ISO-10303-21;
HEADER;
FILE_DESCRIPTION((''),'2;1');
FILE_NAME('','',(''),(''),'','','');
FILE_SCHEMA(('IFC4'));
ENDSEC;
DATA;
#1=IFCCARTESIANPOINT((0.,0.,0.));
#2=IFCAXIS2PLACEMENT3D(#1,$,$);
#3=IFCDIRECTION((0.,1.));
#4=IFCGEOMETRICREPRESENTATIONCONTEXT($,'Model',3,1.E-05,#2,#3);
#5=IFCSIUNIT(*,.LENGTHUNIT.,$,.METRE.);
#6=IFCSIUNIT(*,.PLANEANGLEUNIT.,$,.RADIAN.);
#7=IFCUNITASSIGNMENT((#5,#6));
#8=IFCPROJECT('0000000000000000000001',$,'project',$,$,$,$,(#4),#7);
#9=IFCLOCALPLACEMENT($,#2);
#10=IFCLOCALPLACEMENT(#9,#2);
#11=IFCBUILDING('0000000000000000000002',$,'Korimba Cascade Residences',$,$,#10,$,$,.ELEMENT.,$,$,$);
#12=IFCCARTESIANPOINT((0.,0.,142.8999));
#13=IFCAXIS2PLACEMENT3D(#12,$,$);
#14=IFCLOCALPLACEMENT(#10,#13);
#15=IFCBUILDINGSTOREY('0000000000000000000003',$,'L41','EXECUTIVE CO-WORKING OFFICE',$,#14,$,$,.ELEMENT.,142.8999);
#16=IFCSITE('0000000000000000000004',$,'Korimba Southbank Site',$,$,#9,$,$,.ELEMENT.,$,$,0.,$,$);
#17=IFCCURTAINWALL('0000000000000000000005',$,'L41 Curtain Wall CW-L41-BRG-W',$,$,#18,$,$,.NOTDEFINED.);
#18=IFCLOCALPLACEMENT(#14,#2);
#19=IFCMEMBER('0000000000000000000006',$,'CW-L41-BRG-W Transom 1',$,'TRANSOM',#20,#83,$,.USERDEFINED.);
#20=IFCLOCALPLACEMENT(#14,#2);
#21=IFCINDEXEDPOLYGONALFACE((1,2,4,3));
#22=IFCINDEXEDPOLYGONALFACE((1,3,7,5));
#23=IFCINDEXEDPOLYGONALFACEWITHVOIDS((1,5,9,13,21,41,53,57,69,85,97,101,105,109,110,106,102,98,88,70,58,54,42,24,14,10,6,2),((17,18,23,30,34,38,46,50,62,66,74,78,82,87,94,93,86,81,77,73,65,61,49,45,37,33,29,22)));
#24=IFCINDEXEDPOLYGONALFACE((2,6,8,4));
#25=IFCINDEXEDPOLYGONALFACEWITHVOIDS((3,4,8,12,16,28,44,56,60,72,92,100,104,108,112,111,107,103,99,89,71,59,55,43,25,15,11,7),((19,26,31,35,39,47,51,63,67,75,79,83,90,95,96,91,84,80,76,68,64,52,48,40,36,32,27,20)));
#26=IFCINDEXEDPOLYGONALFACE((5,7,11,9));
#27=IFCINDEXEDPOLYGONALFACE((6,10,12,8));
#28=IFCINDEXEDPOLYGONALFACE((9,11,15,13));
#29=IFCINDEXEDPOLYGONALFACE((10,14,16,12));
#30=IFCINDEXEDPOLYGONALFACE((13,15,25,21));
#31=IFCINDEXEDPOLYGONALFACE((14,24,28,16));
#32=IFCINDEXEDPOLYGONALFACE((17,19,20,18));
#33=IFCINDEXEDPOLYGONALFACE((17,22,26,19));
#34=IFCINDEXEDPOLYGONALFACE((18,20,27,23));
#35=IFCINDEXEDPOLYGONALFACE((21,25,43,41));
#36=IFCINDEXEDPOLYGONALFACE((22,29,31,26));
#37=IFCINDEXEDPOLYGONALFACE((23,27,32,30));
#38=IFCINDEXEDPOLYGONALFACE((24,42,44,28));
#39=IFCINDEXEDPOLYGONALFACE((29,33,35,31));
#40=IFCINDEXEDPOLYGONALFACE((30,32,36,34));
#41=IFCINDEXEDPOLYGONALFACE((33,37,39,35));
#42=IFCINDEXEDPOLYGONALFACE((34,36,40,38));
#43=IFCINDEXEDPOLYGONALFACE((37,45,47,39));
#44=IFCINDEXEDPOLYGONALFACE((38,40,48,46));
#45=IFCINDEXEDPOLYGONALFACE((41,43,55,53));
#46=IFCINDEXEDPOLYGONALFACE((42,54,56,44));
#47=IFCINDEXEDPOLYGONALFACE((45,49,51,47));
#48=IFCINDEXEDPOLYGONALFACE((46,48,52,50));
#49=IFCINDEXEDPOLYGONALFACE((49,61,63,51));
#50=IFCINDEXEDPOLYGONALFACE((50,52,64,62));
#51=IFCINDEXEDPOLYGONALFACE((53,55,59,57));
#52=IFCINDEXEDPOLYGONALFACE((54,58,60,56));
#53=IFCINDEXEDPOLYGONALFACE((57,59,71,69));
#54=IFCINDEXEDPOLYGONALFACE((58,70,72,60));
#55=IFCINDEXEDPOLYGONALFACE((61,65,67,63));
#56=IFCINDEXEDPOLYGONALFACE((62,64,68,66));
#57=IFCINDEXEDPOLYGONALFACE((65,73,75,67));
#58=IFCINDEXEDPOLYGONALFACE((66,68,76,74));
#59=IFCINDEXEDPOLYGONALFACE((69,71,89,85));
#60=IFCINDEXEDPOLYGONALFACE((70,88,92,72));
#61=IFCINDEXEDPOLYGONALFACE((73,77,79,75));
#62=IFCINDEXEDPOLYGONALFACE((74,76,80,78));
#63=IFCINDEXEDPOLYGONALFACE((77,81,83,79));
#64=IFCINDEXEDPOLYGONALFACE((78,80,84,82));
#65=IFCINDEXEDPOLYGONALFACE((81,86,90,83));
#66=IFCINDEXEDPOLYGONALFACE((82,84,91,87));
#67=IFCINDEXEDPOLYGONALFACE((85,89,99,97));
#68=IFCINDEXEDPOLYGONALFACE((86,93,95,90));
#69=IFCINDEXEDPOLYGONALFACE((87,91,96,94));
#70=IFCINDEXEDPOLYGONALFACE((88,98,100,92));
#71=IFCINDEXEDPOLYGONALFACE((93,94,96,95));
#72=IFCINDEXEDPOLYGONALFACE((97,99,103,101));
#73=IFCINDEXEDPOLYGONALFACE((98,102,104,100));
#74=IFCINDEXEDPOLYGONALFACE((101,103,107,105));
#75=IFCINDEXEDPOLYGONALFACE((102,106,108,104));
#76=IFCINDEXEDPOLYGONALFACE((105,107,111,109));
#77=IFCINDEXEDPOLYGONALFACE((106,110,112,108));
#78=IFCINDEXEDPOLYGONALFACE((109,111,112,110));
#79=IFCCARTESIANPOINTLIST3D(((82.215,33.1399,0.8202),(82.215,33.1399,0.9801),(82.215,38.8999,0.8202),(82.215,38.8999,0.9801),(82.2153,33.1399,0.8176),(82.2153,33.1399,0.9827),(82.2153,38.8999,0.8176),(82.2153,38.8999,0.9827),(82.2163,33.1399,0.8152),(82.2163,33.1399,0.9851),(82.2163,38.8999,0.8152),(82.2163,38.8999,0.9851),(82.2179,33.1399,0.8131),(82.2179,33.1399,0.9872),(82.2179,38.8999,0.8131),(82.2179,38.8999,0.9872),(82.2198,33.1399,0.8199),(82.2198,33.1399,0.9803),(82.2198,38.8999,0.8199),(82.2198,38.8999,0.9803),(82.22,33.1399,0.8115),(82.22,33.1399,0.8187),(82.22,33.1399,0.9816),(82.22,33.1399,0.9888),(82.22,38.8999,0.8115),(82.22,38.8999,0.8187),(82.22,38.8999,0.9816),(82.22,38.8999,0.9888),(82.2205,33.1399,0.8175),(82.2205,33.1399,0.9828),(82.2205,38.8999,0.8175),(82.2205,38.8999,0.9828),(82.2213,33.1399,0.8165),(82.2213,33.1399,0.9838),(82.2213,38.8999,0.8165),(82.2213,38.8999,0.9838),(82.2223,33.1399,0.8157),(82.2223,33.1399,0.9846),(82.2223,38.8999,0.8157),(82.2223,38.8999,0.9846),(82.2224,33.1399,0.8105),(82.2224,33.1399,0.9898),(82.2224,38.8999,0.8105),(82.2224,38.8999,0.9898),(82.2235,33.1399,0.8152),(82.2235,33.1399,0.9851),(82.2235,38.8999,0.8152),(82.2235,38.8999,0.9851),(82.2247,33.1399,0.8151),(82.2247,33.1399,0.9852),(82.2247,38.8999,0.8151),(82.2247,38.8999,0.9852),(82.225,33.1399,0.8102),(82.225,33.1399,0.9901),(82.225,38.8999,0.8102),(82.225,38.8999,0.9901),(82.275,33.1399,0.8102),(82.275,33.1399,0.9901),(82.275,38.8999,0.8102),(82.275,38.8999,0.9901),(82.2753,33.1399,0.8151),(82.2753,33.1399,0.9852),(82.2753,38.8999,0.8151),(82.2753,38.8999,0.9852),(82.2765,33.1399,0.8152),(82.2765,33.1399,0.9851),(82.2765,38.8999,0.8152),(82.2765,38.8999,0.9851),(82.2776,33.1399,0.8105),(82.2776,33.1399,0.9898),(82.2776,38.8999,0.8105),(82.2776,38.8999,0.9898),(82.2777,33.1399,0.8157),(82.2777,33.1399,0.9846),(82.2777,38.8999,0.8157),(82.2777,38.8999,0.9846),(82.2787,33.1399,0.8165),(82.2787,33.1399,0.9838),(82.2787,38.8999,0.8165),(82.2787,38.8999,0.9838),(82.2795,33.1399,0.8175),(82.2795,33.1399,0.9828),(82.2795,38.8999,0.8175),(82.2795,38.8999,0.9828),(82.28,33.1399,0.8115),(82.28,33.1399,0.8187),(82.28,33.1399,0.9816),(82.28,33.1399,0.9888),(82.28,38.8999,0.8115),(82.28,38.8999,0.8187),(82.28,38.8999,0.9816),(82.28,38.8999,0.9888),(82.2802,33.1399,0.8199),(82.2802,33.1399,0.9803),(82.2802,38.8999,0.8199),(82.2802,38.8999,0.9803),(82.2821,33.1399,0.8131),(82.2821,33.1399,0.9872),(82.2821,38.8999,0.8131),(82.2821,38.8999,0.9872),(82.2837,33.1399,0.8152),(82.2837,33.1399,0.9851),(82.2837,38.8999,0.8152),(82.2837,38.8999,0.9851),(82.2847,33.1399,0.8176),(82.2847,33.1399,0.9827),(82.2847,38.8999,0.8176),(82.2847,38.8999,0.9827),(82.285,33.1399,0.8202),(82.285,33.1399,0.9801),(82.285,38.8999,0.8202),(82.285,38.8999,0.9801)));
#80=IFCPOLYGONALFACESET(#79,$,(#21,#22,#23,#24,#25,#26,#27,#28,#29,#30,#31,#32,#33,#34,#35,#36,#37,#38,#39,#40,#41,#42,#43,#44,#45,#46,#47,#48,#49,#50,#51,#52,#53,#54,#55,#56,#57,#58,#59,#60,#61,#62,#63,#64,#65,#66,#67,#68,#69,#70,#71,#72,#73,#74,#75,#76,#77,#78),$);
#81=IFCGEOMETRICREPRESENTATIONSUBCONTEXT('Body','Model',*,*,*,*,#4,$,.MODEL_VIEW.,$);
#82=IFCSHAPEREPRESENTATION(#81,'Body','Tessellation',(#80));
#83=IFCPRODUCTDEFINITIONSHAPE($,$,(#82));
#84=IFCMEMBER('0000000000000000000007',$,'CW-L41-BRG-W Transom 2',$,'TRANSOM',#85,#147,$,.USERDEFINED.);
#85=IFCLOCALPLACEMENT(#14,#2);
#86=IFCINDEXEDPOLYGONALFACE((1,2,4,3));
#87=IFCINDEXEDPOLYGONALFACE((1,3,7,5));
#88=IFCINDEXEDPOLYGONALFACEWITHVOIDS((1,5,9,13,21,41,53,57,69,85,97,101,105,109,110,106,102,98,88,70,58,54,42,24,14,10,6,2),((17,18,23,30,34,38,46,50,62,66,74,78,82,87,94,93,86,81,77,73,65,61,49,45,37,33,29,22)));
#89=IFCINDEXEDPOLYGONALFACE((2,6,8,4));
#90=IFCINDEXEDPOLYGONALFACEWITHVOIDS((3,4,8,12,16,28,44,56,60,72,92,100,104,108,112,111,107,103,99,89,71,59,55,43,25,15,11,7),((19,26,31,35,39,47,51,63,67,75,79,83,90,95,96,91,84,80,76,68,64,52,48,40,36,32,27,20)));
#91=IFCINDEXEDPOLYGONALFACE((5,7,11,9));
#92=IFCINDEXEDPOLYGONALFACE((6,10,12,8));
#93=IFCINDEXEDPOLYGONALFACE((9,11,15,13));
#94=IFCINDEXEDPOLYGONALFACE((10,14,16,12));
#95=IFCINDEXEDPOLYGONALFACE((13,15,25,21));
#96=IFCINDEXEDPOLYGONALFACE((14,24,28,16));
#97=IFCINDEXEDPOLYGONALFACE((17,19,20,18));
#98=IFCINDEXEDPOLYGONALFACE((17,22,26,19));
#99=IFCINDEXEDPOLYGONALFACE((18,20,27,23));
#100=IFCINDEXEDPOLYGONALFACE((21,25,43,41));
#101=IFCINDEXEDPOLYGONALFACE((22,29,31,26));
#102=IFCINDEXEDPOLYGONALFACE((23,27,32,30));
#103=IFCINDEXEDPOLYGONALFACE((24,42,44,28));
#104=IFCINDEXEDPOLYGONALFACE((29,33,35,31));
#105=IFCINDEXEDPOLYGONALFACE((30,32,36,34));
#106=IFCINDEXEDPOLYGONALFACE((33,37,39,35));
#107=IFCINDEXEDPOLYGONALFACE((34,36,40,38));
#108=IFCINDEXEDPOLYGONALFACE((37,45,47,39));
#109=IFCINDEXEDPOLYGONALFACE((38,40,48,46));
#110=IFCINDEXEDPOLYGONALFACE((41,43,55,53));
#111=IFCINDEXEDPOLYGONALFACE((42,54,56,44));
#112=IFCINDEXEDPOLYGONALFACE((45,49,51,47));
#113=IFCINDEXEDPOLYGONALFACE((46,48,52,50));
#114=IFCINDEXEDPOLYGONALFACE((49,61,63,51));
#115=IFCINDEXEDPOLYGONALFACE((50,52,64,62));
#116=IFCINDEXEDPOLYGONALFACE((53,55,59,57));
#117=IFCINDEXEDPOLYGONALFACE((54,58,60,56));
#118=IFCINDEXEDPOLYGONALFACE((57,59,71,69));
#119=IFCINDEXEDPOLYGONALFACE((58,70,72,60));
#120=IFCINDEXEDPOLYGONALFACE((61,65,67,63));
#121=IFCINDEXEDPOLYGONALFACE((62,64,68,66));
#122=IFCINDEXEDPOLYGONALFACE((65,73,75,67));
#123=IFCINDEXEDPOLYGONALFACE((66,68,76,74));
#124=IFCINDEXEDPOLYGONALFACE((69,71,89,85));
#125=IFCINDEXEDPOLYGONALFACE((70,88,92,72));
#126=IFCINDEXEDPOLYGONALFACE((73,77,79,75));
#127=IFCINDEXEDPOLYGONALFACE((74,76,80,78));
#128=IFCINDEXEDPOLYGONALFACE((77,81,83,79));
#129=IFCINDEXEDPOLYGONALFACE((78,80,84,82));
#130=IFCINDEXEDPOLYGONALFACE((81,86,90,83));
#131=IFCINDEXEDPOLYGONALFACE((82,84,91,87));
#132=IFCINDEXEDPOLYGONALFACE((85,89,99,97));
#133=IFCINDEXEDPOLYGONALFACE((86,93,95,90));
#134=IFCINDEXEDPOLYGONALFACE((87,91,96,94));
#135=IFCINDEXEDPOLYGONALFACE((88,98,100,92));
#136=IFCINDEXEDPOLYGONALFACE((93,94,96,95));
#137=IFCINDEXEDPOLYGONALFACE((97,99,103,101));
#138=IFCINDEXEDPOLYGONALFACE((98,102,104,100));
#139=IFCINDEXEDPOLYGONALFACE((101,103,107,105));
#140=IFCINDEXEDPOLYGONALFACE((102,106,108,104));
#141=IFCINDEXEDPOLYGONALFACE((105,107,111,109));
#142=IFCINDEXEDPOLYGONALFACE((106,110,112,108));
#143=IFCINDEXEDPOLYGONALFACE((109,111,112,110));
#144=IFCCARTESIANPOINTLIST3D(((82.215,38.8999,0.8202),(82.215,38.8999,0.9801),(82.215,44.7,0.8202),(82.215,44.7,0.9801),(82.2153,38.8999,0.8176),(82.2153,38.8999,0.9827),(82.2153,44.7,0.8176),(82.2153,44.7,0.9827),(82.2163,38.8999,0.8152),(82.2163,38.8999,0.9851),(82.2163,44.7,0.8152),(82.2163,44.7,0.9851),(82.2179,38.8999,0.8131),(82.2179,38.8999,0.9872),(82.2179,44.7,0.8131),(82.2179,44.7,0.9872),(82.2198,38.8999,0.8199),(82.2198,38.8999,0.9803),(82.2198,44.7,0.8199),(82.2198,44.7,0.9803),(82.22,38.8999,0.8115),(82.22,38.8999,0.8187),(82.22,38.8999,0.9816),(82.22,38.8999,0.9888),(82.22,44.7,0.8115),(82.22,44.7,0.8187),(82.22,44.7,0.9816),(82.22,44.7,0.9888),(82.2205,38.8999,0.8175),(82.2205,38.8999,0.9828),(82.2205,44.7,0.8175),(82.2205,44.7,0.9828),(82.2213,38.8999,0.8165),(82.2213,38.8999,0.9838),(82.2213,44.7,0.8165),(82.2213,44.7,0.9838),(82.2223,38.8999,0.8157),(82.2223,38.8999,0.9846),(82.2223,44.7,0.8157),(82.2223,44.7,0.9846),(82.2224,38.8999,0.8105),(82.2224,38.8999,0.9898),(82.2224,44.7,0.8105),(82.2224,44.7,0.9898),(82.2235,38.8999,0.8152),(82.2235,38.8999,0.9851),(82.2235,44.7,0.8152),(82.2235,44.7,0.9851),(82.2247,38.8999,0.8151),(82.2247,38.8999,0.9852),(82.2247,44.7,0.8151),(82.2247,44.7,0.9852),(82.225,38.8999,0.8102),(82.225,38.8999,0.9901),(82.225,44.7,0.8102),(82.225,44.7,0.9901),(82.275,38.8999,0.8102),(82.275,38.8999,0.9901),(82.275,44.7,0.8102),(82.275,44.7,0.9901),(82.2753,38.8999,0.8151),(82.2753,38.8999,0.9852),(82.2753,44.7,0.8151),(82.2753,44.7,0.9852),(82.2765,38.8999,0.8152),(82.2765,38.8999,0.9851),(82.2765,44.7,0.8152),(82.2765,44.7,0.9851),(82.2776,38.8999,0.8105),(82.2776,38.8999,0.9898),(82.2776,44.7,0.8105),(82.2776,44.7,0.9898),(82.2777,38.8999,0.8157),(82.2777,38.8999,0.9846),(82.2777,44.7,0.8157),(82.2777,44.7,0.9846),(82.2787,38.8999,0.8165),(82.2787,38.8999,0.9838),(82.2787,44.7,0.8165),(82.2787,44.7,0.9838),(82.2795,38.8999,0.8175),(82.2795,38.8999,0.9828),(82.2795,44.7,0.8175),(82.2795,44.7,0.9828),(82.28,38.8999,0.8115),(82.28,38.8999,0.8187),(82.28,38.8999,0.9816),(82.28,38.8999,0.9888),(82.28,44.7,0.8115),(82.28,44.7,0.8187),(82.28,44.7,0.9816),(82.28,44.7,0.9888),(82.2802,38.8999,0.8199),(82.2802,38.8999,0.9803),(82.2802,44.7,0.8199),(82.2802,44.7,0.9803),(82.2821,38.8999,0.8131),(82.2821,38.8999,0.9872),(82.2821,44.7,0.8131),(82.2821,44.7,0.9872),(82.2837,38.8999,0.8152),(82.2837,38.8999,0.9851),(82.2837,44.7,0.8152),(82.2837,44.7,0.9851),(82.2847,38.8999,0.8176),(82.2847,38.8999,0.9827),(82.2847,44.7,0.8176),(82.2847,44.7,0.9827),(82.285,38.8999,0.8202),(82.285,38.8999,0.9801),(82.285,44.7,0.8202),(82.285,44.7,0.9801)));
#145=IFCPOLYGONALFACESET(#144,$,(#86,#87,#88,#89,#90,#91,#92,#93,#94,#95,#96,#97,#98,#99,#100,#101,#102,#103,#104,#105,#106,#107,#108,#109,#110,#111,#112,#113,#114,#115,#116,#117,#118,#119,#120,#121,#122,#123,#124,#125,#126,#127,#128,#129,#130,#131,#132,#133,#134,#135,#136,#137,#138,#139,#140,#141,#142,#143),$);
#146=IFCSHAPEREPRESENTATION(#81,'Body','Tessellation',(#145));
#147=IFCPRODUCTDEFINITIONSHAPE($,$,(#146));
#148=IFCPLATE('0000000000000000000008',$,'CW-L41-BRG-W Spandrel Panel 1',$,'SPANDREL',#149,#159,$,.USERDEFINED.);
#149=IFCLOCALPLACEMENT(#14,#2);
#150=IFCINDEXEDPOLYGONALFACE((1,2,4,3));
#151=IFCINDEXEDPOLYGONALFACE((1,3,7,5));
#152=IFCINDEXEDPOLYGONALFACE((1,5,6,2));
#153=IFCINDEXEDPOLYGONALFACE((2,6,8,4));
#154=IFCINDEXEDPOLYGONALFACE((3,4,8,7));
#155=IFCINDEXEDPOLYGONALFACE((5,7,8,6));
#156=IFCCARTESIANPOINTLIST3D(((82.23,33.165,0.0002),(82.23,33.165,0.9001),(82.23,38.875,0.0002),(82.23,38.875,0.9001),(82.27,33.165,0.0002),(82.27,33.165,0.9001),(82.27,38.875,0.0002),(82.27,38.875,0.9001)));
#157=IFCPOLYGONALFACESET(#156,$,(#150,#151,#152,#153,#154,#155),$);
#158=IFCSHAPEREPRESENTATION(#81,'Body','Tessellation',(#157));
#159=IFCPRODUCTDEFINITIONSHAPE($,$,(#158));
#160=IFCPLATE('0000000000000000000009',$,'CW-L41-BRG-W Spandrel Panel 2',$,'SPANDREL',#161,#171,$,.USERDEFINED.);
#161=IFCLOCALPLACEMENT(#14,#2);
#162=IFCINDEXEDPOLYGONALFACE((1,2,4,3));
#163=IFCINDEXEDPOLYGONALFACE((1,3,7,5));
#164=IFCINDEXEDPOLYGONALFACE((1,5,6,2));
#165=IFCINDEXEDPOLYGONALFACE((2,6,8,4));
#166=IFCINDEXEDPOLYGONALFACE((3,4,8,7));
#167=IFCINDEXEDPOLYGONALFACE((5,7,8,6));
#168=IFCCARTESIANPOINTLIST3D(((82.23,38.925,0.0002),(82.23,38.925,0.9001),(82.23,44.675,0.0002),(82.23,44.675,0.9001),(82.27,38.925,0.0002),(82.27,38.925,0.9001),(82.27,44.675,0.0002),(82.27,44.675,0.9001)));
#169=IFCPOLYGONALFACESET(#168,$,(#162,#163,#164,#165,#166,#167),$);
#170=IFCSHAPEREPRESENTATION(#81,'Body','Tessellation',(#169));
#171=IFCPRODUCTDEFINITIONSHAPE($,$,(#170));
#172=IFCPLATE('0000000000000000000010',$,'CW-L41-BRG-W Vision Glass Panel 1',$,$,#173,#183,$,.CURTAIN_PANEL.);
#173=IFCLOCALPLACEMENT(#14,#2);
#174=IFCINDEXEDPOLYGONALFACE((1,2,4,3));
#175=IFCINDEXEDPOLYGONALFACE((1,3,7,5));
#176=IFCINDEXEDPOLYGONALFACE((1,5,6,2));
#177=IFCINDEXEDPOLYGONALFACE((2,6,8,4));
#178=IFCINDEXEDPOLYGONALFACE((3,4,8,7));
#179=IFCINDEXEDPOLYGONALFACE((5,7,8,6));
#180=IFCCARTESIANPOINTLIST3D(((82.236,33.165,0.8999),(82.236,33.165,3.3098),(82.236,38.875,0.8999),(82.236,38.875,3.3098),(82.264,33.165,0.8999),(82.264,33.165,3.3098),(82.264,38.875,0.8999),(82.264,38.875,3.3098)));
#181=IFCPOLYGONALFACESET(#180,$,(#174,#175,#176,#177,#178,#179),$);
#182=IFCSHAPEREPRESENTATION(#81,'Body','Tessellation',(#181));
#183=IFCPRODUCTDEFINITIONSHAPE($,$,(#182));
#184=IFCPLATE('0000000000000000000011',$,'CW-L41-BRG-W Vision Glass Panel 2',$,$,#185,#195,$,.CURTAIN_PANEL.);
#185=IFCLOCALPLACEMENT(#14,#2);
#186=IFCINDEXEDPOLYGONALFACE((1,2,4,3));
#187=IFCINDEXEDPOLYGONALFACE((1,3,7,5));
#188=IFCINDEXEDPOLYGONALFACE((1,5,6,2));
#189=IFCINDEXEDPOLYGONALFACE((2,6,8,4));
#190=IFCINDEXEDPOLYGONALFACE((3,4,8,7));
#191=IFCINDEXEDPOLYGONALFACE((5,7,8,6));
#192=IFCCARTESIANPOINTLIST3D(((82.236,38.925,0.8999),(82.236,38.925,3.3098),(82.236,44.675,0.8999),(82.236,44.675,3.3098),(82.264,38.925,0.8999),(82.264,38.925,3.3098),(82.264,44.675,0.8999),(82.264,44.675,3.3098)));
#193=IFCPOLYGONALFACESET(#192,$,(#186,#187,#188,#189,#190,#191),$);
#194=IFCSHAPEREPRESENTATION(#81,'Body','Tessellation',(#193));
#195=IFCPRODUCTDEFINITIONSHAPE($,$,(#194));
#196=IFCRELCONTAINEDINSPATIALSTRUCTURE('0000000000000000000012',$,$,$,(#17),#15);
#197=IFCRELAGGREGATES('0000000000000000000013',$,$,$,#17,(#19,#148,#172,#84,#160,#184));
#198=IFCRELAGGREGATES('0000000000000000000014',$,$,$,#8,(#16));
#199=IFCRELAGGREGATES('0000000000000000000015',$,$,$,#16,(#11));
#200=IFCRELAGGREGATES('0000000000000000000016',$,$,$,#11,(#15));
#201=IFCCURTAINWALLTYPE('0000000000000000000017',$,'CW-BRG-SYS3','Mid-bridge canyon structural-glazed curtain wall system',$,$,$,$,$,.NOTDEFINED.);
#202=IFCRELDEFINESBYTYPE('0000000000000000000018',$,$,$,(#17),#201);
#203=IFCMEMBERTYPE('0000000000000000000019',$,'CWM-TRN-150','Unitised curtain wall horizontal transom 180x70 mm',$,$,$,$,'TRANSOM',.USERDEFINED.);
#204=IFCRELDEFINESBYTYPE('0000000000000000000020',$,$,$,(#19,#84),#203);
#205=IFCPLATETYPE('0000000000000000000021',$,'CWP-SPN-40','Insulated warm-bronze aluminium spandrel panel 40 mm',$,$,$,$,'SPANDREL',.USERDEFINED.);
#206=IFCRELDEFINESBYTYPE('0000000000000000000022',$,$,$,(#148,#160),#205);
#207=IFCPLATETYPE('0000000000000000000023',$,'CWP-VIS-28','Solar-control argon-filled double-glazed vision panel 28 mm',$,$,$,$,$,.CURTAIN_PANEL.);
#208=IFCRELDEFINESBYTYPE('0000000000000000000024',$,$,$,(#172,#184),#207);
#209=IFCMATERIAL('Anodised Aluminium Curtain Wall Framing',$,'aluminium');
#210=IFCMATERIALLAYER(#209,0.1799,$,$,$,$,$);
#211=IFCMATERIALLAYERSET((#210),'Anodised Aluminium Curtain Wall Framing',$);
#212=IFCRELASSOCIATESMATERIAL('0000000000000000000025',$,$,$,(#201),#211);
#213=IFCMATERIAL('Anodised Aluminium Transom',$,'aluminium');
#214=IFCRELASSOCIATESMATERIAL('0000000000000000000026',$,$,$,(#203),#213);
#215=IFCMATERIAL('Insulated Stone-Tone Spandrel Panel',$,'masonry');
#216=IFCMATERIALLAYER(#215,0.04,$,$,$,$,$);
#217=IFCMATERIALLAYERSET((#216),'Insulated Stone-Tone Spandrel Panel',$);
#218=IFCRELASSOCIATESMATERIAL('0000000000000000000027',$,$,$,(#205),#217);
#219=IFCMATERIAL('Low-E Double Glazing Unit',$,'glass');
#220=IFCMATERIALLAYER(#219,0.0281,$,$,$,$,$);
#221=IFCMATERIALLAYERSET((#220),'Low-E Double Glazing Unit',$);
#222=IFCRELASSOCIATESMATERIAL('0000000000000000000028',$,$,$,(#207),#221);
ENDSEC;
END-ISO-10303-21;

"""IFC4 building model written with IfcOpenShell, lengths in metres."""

from ifc_helpers import new_model, si_unit, direction, frame, origin, origin_2d, place, context, subcontext, project, spatial, rectangle, hollow_rectangle, extrude, material, layer, layer_set, material_profile, profile_set, type_object, element, aggregate, save


model = new_model("IFC4")

# Units and contexts
model_context = context("Model", 3, precision=1e-05, world=origin(), true_north=direction((0.0, 1.0)))
body_context = subcontext(model_context, "Body", "Model", "MODEL_VIEW")
ifc_project = project(units=[si_unit("LENGTHUNIT", "METRE"), si_unit("PLANEANGLEUNIT", "RADIAN")], contexts=[model_context])

# Site, building, storey
site_placement = place(None, origin())
site = spatial("IfcSite", under=ifc_project, at=site_placement, Name="Korimba Southbank Site", CompositionType="ELEMENT", RefElevation=0.0)
building_placement = place(site_placement, origin())
building = spatial("IfcBuilding", under=site, at=building_placement, Name="Korimba Cascade Residences", CompositionType="ELEMENT")
storey_placement = place(building_placement, frame((0.0, 0.0, 142.8999)))
storey = spatial("IfcBuildingStorey", under=building, at=storey_placement, Name="L41", Description="EXECUTIVE CO-WORKING OFFICE", CompositionType="ELEMENT", Elevation=142.8999)

# Curtain wall, members, plates
ifc_material_1 = material(Name="Anodised Aluminium Curtain Wall Framing", Category="aluminium")
ifc_layer_1 = layer(ifc_material_1, 0.1799)
ifc_layer_set_1 = layer_set([ifc_layer_1], Name="Anodised Aluminium Curtain Wall Framing")
curtain_wall_type = type_object("IfcCurtainWallType", Name="CW-BRG-SYS3", Description="Mid-bridge canyon structural-glazed curtain wall system", PredefinedType="NOTDEFINED", material=ifc_layer_set_1)
curtain_wall_placement = place(storey_placement, origin())
curtain_wall = element("IfcCurtainWall", 1, at=curtain_wall_placement, inside=storey, type_object=curtain_wall_type, Name="L41 Curtain Wall CW-L41-BRG-W", PredefinedType="NOTDEFINED")
ifc_material_2 = material(Name="Anodised Aluminium Transom", Category="aluminium")
ifc_material_profile_1 = material_profile(ifc_material_2, hollow_rectangle(XDim=0.0701, YDim=0.1799, WallThickness=0.0049, InnerFilletRadius=0.0049, OuterFilletRadius=0.01, at=origin_2d()), Name="Anodised Aluminium Transom")
ifc_profile_set_1 = profile_set([ifc_material_profile_1], Name="Anodised Aluminium Transom")
member_type_1 = type_object("IfcMemberType", Name="CWM-TRN-150", Description="Unitised curtain wall horizontal transom 180x70 mm", ElementType="TRANSOM", PredefinedType="USERDEFINED", material=ifc_profile_set_1)
member_1_placement = place(storey_placement, frame((82.25, 33.1399, 0.9001), z_axis=(0.0, 1.0, 0.0), x_axis=(-1.0, 0.0, 0.0)))
member_1 = element("IfcMember", 2, at=member_1_placement, type_object=member_type_1, Name="CW-L41-BRG-W Transom 1", ObjectType="TRANSOM", PredefinedType="USERDEFINED", context=body_context, shape_type="SweptSolid", body=[
    extrude(hollow_rectangle(XDim=0.0701, YDim=0.1799, WallThickness=0.0049, InnerFilletRadius=0.0049, OuterFilletRadius=0.01, at=origin_2d()), origin(), (0.0, 0.0, 1.0), 5.76),
])
member_2_placement = place(storey_placement, frame((82.25, 38.8999, 0.9001), z_axis=(0.0, 1.0, 0.0), x_axis=(-1.0, 0.0, 0.0)))
member_2 = element("IfcMember", 3, at=member_2_placement, type_object=member_type_1, Name="CW-L41-BRG-W Transom 2", ObjectType="TRANSOM", PredefinedType="USERDEFINED", context=body_context, shape_type="SweptSolid", body=[
    extrude(hollow_rectangle(XDim=0.0701, YDim=0.1799, WallThickness=0.0049, InnerFilletRadius=0.0049, OuterFilletRadius=0.01, at=origin_2d()), origin(), (0.0, 0.0, 1.0), 5.8),
])
ifc_material_3 = material(Name="Insulated Stone-Tone Spandrel Panel", Category="masonry")
ifc_layer_2 = layer(ifc_material_3, 0.04)
ifc_layer_set_2 = layer_set([ifc_layer_2], Name="Insulated Stone-Tone Spandrel Panel")
plate_type_1 = type_object("IfcPlateType", Name="CWP-SPN-40", Description="Insulated warm-bronze aluminium spandrel panel 40 mm", ElementType="SPANDREL", PredefinedType="USERDEFINED", material=ifc_layer_set_2)
plate_1_placement = place(storey_placement, frame((82.25, 36.02, 0.0002), z_axis=(0.0, 0.0, 1.0), x_axis=(0.0, 1.0, 0.0)))
plate_1 = element("IfcPlate", 4, at=plate_1_placement, type_object=plate_type_1, Name="CW-L41-BRG-W Spandrel Panel 1", ObjectType="SPANDREL", PredefinedType="USERDEFINED", context=body_context, shape_type="SweptSolid", body=[
    extrude(rectangle(XDim=5.71, YDim=0.04, at=origin_2d()), origin(), (0.0, 0.0, 1.0), 0.8999),
])
plate_2_placement = place(storey_placement, frame((82.25, 41.8, 0.0002), z_axis=(0.0, 0.0, 1.0), x_axis=(0.0, 1.0, 0.0)))
plate_2 = element("IfcPlate", 5, at=plate_2_placement, type_object=plate_type_1, Name="CW-L41-BRG-W Spandrel Panel 2", ObjectType="SPANDREL", PredefinedType="USERDEFINED", context=body_context, shape_type="SweptSolid", body=[
    extrude(rectangle(XDim=5.75, YDim=0.04, at=origin_2d()), origin(), (0.0, 0.0, 1.0), 0.8999),
])
ifc_material_4 = material(Name="Low-E Double Glazing Unit", Category="glass")
ifc_layer_3 = layer(ifc_material_4, 0.0281)
ifc_layer_set_3 = layer_set([ifc_layer_3], Name="Low-E Double Glazing Unit")
plate_type_2 = type_object("IfcPlateType", Name="CWP-VIS-28", Description="Solar-control argon-filled double-glazed vision panel 28 mm", PredefinedType="CURTAIN_PANEL", material=ifc_layer_set_3)
plate_3_placement = place(storey_placement, frame((82.25, 36.02, 0.8999), z_axis=(0.0, 0.0, 1.0), x_axis=(0.0, 1.0, 0.0)))
plate_3 = element("IfcPlate", 6, at=plate_3_placement, type_object=plate_type_2, Name="CW-L41-BRG-W Vision Glass Panel 1", PredefinedType="CURTAIN_PANEL", context=body_context, shape_type="SweptSolid", body=[
    extrude(rectangle(XDim=5.71, YDim=0.0281, at=origin_2d()), origin(), (0.0, 0.0, 1.0), 2.4099),
])
plate_4_placement = place(storey_placement, frame((82.25, 41.8, 0.8999), z_axis=(0.0, 0.0, 1.0), x_axis=(0.0, 1.0, 0.0)))
plate_4 = element("IfcPlate", 7, at=plate_4_placement, type_object=plate_type_2, Name="CW-L41-BRG-W Vision Glass Panel 2", PredefinedType="CURTAIN_PANEL", context=body_context, shape_type="SweptSolid", body=[
    extrude(rectangle(XDim=5.75, YDim=0.0281, at=origin_2d()), origin(), (0.0, 0.0, 1.0), 2.4099),
])
aggregate(curtain_wall, [member_1, plate_1, plate_3, member_2, plate_2, plate_4])

save(model, "model.ifc")
